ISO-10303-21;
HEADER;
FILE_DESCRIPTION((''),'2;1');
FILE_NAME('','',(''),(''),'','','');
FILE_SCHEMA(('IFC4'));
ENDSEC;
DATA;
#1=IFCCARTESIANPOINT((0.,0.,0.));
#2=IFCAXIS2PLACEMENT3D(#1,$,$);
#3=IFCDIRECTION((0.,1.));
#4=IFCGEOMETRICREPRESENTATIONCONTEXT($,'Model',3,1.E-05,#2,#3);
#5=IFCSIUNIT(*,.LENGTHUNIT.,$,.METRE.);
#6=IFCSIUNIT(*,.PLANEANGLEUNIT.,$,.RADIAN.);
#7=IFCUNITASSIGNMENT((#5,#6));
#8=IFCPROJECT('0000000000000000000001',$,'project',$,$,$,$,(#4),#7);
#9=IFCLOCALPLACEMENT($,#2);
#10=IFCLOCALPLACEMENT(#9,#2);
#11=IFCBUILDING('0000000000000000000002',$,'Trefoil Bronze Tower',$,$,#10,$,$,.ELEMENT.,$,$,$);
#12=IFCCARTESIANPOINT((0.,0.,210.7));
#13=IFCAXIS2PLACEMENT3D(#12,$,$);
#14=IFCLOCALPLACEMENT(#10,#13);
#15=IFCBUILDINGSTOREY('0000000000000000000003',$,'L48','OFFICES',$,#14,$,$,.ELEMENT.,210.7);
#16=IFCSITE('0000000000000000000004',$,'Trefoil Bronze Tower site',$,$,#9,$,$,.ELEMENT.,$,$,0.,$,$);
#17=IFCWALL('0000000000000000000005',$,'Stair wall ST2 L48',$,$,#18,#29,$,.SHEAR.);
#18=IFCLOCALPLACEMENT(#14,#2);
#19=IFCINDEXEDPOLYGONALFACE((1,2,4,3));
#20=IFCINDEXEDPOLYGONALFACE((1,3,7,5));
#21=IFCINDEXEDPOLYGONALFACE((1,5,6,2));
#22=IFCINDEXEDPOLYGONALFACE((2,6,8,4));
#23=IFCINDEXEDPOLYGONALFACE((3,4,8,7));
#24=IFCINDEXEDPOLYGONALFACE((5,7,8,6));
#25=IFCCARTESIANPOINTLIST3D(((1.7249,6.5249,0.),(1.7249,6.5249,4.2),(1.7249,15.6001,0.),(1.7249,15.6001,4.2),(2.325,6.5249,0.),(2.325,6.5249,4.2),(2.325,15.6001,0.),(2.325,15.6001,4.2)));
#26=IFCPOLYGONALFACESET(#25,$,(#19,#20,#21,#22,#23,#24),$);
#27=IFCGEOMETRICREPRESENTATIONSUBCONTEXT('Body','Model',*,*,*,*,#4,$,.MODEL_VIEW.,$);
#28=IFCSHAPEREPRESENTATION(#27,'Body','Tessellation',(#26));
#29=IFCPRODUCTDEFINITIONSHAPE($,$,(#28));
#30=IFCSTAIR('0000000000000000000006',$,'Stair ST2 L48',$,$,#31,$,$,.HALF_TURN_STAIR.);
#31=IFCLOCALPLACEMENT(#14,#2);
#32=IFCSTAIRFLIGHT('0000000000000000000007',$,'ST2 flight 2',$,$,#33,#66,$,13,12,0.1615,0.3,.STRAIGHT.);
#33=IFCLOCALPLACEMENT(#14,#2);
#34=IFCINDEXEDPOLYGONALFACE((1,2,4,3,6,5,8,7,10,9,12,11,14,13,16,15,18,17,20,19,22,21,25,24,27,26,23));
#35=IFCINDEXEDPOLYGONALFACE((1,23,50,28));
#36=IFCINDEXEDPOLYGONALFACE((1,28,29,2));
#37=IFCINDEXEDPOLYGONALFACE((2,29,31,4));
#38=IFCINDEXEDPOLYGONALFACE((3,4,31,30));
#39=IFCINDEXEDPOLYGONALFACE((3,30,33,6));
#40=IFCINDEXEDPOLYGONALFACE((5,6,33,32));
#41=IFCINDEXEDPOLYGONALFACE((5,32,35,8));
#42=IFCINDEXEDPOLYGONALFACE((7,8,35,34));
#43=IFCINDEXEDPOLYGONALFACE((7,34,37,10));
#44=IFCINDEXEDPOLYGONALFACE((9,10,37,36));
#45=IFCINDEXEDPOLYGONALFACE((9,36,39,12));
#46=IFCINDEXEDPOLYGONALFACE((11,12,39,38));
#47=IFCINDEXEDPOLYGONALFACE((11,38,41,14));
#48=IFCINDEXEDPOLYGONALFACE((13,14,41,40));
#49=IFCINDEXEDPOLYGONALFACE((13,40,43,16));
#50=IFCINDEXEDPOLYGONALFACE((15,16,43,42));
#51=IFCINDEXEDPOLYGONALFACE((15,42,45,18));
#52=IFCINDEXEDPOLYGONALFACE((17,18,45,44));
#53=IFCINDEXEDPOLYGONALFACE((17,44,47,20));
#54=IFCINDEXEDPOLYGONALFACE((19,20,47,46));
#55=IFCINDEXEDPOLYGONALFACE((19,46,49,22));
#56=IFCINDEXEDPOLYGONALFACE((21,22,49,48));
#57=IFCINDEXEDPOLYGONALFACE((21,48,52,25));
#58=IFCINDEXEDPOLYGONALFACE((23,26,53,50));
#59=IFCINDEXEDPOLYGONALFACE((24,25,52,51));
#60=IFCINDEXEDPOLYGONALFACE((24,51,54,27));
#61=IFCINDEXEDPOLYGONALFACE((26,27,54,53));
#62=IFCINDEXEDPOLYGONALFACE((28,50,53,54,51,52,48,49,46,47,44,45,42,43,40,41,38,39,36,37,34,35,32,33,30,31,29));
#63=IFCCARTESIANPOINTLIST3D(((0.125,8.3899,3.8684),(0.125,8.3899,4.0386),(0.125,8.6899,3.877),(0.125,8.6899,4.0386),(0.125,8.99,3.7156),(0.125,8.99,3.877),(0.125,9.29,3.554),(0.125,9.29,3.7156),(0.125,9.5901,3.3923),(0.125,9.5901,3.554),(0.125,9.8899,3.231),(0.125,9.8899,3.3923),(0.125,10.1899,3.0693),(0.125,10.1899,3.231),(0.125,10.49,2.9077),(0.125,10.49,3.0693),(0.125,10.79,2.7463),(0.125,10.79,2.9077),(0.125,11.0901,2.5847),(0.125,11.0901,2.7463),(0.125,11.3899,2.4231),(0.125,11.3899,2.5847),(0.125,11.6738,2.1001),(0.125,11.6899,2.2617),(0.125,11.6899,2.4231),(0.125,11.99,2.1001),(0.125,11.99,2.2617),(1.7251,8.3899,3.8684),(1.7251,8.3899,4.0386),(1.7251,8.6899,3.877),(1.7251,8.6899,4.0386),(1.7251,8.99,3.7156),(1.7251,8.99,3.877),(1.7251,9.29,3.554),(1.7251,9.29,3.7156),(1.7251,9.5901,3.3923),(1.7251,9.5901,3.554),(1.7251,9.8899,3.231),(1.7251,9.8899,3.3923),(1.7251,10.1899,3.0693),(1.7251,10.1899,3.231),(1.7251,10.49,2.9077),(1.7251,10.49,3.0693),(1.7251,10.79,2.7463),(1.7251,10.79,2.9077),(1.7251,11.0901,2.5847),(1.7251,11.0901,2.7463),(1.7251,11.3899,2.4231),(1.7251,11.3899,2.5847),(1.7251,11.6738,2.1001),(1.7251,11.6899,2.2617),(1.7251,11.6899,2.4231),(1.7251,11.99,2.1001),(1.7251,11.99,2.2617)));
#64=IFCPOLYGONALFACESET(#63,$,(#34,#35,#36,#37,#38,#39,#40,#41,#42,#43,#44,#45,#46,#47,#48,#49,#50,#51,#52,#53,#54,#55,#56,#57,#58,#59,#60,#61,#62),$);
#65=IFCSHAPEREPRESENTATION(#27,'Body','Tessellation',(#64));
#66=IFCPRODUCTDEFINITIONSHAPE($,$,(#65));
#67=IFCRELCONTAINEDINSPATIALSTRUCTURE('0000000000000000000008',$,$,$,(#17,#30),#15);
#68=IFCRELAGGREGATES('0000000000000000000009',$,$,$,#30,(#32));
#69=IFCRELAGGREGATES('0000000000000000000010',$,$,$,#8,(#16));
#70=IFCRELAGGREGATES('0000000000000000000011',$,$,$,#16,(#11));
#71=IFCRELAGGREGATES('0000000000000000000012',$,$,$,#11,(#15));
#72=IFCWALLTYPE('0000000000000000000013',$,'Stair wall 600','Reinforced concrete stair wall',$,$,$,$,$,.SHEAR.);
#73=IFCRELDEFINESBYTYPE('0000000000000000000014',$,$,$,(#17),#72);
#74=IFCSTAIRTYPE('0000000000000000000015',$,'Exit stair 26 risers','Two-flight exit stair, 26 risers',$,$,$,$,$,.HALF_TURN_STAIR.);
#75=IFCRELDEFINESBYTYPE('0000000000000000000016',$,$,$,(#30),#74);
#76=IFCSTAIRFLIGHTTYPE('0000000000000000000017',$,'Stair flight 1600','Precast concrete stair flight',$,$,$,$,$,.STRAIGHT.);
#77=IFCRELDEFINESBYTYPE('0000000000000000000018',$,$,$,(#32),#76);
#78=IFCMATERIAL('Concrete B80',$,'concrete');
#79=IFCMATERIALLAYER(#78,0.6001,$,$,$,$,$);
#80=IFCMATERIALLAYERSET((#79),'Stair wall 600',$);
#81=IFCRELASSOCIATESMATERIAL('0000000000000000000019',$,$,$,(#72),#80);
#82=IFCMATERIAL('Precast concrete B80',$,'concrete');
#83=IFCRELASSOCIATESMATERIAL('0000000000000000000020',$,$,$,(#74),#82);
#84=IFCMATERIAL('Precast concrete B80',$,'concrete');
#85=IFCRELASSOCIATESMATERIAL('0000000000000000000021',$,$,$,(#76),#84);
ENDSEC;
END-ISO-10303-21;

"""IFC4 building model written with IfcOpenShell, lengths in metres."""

from ifc_helpers import new_model, si_unit, direction, frame, frame_2d, origin, place, context, subcontext, project, spatial, polyline, rectangle, outline, extrude, material, layer, layer_set, type_object, element, aggregate, save


model = new_model("IFC4")

# Units and contexts
model_context = context("Model", 3, precision=1e-05, world=origin(), true_north=direction((0.0, 1.0)))
body_context = subcontext(model_context, "Body", "Model", "MODEL_VIEW")
ifc_project = project(units=[si_unit("LENGTHUNIT", "METRE"), si_unit("PLANEANGLEUNIT", "RADIAN")], contexts=[model_context])

# Site, building, storey
site_placement = place(None, origin())
site = spatial("IfcSite", under=ifc_project, at=site_placement, Name="Trefoil Bronze Tower site", CompositionType="ELEMENT", RefElevation=0.0)
building_placement = place(site_placement, origin())
building = spatial("IfcBuilding", under=site, at=building_placement, Name="Trefoil Bronze Tower", CompositionType="ELEMENT")
storey_placement = place(building_placement, frame((0.0, 0.0, 210.7)))
storey = spatial("IfcBuildingStorey", under=building, at=storey_placement, Name="L48", Description="OFFICES", CompositionType="ELEMENT", Elevation=210.7)

# Wall
ifc_material_1 = material(Name="Concrete B80", Category="concrete")
ifc_layer_1 = layer(ifc_material_1, 0.6001)
ifc_layer_set_1 = layer_set([ifc_layer_1], Name="Stair wall 600")
wall_type_1 = type_object("IfcWallType", Name="Stair wall 600", Description="Reinforced concrete stair wall", PredefinedType="SHEAR", material=ifc_layer_set_1)
wall_1_placement = place(storey_placement, frame((2.0249, 6.5249, 0.0), z_axis=(0.0, 0.0, 1.0), x_axis=(0.0, 1.0, 0.0)))
element("IfcWall", 1, at=wall_1_placement, inside=storey, type_object=wall_type_1, Name="Stair wall ST2 L48", PredefinedType="SHEAR", context=body_context, shape_type="SweptSolid", body=[
    extrude(rectangle(XDim=9.0752, YDim=0.6001, at=frame_2d((4.5376, 0.0))), origin(), (0.0, 0.0, 1.0), 4.2),
])

# Stair, stair flight
ifc_material_2 = material(Name="Precast concrete B80", Category="concrete")
stair_type = type_object("IfcStairType", Name="Exit stair 26 risers", Description="Two-flight exit stair, 26 risers", PredefinedType="HALF_TURN_STAIR", material=ifc_material_2)
stair_placement = place(storey_placement, origin())
stair = element("IfcStair", 2, at=stair_placement, inside=storey, type_object=stair_type, Name="Stair ST2 L48", PredefinedType="HALF_TURN_STAIR")
ifc_material_3 = material(Name="Precast concrete B80", Category="concrete")
stair_flight_type = type_object("IfcStairFlightType", Name="Stair flight 1600", Description="Precast concrete stair flight", PredefinedType="STRAIGHT", material=ifc_material_3)
stair_flight_placement = place(storey_placement, frame((0.925, 11.99, 2.1001), z_axis=(0.0, 0.0, 1.0), x_axis=(0.0, -1.0, 0.0)))
stair_flight = element("IfcStairFlight", 3, at=stair_flight_placement, type_object=stair_flight_type, Name="ST2 flight 2", NumberOfRisers=13, NumberOfTreads=12, PredefinedType="STRAIGHT", RiserHeight=0.1615, TreadLength=0.3, context=body_context, shape_type="SweptSolid", body=[
    extrude(outline(polyline([(0.0, 0.0), (0.0, 0.1616), (0.3, 0.1616), (0.3, 0.323), (0.6001, 0.323), (0.6001, 0.4846), (0.8999, 0.4846), (0.8999, 0.6462), (1.2, 0.6462), (1.2, 0.8076), (1.5, 0.8076), (1.5, 0.9692), (1.8, 0.9692), (1.8, 1.1309), (2.1001, 1.1309), (2.1001, 1.2922), (2.3999, 1.2922), (2.3999, 1.4539), (2.7, 1.4539), (2.7, 1.6155), (3.0, 1.6155), (3.0, 1.7769), (3.3, 1.7769), (3.3, 1.9385), (3.6001, 1.9385), (3.6001, 2.1001), (3.6001, 1.7683), (0.3162, 0.0), (0.0, 0.0)])), frame((0.0, 0.8, 0.0), z_axis=(0.0, -1.0, 0.0), x_axis=(1.0, 0.0, 0.0)), (0.0, 0.0, 1.0), 1.6001),
])
aggregate(stair, [stair_flight])

save(model, "model.ifc")
